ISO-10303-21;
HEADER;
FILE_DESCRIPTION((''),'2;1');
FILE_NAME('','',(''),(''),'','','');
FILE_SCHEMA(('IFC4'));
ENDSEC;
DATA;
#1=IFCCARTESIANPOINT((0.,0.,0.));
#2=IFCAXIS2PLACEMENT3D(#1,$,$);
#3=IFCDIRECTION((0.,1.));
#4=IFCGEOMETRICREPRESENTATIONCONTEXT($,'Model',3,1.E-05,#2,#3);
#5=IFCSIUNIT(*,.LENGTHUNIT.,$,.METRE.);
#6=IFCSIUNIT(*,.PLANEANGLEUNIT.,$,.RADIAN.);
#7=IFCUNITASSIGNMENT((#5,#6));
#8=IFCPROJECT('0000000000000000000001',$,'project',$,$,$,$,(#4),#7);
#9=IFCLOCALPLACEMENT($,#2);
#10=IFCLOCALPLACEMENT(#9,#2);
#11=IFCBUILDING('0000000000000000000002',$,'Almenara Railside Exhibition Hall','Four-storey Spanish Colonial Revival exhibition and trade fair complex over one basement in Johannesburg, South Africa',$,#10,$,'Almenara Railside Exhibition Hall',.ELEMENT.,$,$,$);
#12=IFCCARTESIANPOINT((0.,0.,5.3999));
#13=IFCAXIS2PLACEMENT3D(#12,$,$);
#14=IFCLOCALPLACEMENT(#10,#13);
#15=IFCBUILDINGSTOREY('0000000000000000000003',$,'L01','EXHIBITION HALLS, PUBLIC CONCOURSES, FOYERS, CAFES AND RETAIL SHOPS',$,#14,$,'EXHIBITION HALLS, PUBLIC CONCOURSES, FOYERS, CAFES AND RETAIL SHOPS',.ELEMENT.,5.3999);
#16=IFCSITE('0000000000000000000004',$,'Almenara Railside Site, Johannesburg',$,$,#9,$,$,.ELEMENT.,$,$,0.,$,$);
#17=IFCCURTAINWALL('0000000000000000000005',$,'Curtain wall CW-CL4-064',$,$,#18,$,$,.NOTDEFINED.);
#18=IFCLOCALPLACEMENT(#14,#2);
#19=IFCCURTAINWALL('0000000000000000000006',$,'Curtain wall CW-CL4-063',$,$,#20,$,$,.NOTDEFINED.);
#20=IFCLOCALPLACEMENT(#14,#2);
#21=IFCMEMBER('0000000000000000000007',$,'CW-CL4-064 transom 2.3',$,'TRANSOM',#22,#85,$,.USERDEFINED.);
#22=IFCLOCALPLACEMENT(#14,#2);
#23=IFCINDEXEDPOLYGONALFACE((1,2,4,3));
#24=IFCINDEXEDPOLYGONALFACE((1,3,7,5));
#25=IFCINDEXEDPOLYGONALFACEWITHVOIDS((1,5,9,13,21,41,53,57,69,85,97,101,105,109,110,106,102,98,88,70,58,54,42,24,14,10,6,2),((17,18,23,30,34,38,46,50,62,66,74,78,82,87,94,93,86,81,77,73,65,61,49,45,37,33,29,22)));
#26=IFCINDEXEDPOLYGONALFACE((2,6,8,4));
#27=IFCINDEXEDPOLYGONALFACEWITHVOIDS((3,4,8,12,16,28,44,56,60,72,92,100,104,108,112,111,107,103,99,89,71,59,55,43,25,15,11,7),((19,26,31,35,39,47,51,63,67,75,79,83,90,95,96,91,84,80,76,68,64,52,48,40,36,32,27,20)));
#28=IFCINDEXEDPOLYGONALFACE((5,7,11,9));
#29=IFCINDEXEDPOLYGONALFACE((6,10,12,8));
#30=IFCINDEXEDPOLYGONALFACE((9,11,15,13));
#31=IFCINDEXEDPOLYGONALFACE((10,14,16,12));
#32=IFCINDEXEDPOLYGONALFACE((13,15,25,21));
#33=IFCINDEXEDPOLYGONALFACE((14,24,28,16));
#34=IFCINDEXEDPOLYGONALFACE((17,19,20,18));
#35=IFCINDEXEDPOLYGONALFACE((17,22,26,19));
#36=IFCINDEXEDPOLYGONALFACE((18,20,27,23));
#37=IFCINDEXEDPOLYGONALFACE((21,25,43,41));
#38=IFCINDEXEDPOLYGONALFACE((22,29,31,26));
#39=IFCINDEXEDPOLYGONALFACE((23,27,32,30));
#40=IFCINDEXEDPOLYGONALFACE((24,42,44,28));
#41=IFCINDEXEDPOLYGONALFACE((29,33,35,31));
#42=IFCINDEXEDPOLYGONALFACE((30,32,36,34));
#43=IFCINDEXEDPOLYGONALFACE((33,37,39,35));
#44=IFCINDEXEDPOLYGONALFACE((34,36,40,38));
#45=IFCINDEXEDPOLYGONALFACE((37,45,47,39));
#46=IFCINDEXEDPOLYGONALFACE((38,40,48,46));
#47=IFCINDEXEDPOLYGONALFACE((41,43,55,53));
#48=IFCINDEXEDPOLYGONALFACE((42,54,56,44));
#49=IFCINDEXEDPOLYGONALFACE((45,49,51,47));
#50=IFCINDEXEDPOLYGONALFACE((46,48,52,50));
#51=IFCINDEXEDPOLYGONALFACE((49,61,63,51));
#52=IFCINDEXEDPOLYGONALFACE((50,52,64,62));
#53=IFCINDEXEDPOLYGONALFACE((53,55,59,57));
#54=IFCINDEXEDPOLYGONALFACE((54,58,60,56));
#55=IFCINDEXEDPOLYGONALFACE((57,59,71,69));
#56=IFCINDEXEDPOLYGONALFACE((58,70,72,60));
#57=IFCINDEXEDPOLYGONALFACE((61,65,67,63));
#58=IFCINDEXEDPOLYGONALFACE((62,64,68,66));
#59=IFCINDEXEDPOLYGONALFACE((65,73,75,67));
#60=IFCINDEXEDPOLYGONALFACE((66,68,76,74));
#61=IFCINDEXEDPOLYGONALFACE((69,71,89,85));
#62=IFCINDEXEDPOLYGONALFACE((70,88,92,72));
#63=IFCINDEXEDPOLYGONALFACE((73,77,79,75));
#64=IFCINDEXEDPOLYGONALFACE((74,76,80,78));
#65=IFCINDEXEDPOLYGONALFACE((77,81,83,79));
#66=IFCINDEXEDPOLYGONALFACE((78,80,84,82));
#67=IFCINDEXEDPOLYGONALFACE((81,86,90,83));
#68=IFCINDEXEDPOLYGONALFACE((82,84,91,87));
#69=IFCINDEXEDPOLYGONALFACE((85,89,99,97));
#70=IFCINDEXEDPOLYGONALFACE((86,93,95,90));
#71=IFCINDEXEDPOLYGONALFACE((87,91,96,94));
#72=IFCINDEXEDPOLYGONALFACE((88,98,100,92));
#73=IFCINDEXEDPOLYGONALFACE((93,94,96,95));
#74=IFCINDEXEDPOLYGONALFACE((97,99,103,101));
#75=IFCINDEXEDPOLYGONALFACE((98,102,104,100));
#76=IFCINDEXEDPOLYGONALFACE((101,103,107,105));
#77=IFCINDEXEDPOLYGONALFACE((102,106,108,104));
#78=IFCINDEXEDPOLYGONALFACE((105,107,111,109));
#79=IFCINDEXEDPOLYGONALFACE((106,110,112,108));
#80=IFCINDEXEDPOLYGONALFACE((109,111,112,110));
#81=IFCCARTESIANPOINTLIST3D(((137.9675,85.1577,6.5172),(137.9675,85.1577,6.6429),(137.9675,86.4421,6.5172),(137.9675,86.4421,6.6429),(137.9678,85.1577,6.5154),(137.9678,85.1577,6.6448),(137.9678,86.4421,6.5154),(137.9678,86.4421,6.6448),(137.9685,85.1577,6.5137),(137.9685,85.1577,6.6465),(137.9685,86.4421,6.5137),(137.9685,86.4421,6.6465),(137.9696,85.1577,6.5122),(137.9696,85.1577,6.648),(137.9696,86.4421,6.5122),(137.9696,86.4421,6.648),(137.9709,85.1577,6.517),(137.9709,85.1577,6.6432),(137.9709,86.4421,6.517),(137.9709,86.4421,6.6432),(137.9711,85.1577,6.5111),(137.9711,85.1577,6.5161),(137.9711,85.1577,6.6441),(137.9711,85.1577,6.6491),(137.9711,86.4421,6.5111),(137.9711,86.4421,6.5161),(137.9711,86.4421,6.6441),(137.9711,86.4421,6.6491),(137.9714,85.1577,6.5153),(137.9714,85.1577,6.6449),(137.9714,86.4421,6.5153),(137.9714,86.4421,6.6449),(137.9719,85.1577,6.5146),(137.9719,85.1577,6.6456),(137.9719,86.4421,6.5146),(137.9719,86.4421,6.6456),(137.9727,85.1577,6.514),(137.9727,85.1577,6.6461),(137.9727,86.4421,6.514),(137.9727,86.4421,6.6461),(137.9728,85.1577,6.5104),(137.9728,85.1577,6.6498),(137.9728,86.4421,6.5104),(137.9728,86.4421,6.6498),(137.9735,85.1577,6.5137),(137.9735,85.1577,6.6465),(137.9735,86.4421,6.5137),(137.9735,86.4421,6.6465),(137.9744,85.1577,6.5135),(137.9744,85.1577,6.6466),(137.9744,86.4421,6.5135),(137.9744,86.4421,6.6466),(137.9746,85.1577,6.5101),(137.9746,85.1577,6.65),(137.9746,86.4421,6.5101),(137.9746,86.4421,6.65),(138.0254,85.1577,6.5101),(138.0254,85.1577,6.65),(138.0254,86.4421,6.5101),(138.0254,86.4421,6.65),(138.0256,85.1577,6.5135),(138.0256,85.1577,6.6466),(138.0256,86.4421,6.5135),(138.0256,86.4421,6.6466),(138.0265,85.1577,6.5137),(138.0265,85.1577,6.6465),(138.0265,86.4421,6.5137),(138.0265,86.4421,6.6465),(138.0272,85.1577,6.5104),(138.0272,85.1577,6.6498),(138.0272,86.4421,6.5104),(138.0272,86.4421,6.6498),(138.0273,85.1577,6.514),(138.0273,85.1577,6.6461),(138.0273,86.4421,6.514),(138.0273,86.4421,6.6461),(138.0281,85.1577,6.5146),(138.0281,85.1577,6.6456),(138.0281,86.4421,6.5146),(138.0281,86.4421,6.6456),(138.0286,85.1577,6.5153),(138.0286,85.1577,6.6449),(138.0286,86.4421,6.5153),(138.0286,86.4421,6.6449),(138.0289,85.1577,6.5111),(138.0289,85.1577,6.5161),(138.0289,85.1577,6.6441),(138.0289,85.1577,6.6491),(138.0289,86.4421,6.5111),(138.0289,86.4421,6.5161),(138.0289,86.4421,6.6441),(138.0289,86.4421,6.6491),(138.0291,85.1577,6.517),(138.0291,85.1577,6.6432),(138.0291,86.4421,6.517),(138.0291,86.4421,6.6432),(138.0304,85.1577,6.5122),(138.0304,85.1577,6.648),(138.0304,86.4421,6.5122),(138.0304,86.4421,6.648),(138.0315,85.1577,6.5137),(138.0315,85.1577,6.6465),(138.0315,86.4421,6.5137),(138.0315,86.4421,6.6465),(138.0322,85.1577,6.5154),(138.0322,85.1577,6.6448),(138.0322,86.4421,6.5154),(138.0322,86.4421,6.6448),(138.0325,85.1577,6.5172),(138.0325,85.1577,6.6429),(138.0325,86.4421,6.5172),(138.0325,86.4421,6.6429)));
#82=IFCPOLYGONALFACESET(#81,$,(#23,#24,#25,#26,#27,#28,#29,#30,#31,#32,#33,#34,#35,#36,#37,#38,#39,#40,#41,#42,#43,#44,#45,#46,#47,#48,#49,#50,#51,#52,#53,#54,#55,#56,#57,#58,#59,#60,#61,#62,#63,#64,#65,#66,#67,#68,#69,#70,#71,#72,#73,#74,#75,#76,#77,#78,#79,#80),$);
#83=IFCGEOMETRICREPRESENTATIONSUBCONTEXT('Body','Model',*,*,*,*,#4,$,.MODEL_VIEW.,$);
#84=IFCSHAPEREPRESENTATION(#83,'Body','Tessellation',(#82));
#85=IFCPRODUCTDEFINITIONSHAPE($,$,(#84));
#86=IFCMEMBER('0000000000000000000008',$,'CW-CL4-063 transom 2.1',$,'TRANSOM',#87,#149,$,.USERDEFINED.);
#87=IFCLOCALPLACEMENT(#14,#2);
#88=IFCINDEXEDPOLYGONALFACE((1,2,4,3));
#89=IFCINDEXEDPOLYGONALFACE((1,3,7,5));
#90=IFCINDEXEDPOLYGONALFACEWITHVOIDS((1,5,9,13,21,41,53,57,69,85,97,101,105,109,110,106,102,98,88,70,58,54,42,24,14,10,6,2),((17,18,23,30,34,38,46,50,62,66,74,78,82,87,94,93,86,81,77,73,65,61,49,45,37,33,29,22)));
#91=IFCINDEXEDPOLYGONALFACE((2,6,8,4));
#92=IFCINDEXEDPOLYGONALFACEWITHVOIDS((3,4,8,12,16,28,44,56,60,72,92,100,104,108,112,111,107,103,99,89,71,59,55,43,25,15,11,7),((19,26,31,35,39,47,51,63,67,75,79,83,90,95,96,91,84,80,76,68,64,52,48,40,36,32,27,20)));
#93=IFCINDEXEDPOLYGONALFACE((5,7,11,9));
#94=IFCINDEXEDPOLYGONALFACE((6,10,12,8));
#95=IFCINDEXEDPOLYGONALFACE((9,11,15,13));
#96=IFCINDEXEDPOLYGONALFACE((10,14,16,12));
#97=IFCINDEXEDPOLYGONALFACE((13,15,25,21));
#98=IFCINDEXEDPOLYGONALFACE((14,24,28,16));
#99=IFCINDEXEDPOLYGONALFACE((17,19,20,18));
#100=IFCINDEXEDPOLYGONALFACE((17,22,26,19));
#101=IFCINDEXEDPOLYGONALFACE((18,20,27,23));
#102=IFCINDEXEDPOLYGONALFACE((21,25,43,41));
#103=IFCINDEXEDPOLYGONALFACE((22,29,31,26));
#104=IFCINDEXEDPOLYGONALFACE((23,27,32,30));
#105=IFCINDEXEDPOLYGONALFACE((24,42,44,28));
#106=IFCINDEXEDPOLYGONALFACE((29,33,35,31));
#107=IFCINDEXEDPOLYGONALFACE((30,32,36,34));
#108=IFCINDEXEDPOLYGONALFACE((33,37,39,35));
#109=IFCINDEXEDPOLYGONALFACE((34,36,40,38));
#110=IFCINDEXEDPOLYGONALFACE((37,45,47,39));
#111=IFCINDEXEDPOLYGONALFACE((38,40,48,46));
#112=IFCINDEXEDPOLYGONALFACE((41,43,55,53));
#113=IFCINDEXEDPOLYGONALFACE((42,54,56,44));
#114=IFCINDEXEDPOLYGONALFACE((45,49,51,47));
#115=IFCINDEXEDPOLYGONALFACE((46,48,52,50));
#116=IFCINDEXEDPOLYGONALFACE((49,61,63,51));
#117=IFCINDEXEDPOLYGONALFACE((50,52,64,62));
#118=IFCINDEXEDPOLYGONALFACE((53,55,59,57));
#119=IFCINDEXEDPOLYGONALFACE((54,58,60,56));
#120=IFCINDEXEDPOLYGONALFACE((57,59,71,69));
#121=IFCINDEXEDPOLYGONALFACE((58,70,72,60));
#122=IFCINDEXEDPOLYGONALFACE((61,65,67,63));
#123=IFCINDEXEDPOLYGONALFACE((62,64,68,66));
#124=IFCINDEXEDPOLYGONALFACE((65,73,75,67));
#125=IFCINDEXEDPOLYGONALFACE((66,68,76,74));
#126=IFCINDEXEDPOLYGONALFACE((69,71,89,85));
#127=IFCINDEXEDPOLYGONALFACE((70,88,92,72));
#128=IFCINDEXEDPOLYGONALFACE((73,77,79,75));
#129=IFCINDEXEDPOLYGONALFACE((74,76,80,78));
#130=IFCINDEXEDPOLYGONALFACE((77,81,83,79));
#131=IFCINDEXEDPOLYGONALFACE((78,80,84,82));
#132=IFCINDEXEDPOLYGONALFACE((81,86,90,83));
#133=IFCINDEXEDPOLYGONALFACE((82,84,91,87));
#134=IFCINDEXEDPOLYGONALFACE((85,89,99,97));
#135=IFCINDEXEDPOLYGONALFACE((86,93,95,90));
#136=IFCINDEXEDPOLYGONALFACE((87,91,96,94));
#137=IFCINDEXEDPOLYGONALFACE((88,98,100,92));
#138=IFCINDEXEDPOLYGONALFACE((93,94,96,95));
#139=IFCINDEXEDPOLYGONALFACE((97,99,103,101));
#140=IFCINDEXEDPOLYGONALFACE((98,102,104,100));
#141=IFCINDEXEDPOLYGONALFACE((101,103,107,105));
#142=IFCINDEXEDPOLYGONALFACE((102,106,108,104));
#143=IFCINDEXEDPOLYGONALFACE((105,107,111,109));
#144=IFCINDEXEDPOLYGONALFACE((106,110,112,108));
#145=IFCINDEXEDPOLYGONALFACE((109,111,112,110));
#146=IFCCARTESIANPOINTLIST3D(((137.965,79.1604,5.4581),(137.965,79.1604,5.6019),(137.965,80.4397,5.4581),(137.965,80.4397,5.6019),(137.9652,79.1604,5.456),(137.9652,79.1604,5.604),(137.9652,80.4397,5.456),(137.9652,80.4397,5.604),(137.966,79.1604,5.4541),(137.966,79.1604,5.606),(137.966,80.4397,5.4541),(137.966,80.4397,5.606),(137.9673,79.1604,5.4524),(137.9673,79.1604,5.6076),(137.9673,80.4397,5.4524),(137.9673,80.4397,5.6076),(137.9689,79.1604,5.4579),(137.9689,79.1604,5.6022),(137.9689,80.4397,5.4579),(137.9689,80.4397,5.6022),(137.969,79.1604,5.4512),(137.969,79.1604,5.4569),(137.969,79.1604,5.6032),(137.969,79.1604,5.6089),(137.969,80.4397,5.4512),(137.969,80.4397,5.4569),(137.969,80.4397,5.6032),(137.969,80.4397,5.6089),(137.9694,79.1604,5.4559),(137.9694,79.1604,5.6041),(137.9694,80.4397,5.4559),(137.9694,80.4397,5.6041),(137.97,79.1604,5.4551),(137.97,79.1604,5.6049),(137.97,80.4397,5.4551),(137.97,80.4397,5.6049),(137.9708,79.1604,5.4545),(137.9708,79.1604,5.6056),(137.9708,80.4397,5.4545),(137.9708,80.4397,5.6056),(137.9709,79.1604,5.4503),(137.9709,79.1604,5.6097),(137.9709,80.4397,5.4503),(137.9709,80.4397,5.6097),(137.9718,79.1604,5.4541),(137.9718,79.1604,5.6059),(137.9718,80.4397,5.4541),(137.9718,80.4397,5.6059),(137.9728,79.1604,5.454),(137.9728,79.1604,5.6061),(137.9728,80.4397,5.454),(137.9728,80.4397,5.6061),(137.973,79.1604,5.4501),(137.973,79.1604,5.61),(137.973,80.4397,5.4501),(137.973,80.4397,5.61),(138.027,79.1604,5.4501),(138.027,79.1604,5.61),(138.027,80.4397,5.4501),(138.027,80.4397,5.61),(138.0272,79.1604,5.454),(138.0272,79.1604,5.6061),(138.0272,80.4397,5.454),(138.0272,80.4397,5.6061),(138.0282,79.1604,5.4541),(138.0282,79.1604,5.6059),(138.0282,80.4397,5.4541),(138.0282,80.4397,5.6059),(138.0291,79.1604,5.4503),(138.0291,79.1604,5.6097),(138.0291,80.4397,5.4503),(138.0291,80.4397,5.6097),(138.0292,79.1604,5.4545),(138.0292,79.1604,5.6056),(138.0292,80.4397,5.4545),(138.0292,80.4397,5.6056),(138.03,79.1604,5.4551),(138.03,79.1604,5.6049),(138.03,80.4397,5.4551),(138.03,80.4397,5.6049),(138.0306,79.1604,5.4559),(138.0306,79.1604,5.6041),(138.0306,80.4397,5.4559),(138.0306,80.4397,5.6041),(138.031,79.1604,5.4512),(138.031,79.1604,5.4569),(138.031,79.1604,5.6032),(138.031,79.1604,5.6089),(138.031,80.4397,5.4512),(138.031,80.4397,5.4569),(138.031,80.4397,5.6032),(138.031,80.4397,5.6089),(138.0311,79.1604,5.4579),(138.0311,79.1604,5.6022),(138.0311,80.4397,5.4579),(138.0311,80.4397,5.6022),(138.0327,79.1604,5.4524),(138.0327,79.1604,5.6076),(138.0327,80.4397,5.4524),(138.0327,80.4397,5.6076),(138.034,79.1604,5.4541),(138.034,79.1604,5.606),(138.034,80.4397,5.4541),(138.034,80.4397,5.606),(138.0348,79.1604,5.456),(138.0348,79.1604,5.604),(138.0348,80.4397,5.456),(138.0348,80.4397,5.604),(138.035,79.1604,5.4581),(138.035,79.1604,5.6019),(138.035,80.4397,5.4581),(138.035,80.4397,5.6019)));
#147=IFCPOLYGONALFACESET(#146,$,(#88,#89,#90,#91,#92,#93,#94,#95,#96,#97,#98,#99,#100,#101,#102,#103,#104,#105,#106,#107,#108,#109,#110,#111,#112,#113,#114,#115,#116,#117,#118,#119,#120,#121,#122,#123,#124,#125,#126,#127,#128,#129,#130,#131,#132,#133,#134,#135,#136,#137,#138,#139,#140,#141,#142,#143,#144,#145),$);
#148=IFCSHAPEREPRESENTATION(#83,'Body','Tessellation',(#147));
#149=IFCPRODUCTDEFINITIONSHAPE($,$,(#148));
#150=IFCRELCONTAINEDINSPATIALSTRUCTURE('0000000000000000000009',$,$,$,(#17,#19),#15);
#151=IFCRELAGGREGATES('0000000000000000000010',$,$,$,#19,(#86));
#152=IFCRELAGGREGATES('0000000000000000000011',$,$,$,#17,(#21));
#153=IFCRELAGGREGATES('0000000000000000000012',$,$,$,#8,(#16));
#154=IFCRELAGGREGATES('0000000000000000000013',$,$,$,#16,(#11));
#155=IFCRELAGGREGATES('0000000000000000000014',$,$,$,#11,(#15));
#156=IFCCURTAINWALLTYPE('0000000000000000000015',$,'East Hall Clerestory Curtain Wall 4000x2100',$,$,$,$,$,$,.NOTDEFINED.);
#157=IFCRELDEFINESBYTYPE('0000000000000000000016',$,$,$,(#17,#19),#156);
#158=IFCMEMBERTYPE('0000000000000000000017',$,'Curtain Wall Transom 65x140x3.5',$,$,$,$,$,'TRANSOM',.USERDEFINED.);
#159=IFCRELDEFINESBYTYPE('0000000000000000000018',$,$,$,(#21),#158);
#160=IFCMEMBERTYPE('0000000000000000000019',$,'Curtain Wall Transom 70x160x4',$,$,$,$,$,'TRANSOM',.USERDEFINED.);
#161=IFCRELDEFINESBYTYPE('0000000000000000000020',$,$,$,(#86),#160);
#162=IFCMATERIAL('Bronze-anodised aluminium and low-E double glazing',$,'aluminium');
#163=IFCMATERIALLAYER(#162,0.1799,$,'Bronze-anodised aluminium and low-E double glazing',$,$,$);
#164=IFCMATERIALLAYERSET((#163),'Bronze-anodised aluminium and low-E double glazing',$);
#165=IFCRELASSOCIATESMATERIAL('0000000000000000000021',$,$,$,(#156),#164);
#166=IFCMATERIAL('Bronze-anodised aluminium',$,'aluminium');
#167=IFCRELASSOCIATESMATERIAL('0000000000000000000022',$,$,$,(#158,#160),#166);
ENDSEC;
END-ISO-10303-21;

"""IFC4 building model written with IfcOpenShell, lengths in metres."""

from ifc_helpers import new_model, si_unit, direction, frame, origin, origin_2d, place, context, subcontext, project, spatial, hollow_rectangle, extrude, material, layer, layer_set, material_profile, profile_set, type_object, element, aggregate, save


model = new_model("IFC4")

# Units and contexts
model_context = context("Model", 3, precision=1e-05, world=origin(), true_north=direction((0.0, 1.0)))
body_context = subcontext(model_context, "Body", "Model", "MODEL_VIEW")
ifc_project = project(units=[si_unit("LENGTHUNIT", "METRE"), si_unit("PLANEANGLEUNIT", "RADIAN")], contexts=[model_context])

# Site, building, storey
site_placement = place(None, origin())
site = spatial("IfcSite", under=ifc_project, at=site_placement, Name="Almenara Railside Site, Johannesburg", CompositionType="ELEMENT", RefElevation=0.0)
building_placement = place(site_placement, origin())
building = spatial("IfcBuilding", under=site, at=building_placement, Name="Almenara Railside Exhibition Hall", Description="Four-storey Spanish Colonial Revival exhibition and trade fair complex over one basement in Johannesburg, South Africa", LongName="Almenara Railside Exhibition Hall", CompositionType="ELEMENT")
storey_placement = place(building_placement, frame((0.0, 0.0, 5.3999)))
storey = spatial("IfcBuildingStorey", under=building, at=storey_placement, Name="L01", Description="EXHIBITION HALLS, PUBLIC CONCOURSES, FOYERS, CAFES AND RETAIL SHOPS", LongName="EXHIBITION HALLS, PUBLIC CONCOURSES, FOYERS, CAFES AND RETAIL SHOPS", CompositionType="ELEMENT", Elevation=5.3999)

# Curtain walls
ifc_material_1 = material(Name="Bronze-anodised aluminium and low-E double glazing", Category="aluminium")
ifc_layer_1 = layer(ifc_material_1, 0.1799, Name="Bronze-anodised aluminium and low-E double glazing")
ifc_layer_set_1 = layer_set([ifc_layer_1], Name="Bronze-anodised aluminium and low-E double glazing")
curtain_wall_type = type_object("IfcCurtainWallType", Name="East Hall Clerestory Curtain Wall 4000x2100", PredefinedType="NOTDEFINED", material=ifc_layer_set_1)
curtain_wall_1_placement = place(storey_placement, origin())
curtain_wall_1 = element("IfcCurtainWall", 1, at=curtain_wall_1_placement, inside=storey, type_object=curtain_wall_type, Name="Curtain wall CW-CL4-064", PredefinedType="NOTDEFINED")
ifc_material_2 = material(Name="Bronze-anodised aluminium", Category="aluminium")
curtain_wall_2_placement = place(storey_placement, origin())
curtain_wall_2 = element("IfcCurtainWall", 2, at=curtain_wall_2_placement, inside=storey, type_object=curtain_wall_type, Name="Curtain wall CW-CL4-063", PredefinedType="NOTDEFINED")

# Members
ifc_material_profile_1 = material_profile(ifc_material_2, hollow_rectangle(XDim=0.0649, YDim=0.1399, WallThickness=0.0034, InnerFilletRadius=0.0034, OuterFilletRadius=0.0071, at=origin_2d()), Name="ALU-TRN 65x140x3.5")
ifc_profile_set_1 = profile_set([ifc_material_profile_1], Name="Bronze-anodised aluminium")
member_type_1 = type_object("IfcMemberType", Name="Curtain Wall Transom 65x140x3.5", ElementType="TRANSOM", PredefinedType="USERDEFINED", material=ifc_profile_set_1)
member_1_placement = place(storey_placement, frame((138.0, 85.1577, 6.5801), z_axis=(0.0, 1.0, 0.0), x_axis=(-1.0, 0.0, 0.0)))
member_1 = element("IfcMember", 3, at=member_1_placement, type_object=member_type_1, Name="CW-CL4-064 transom 2.3", ObjectType="TRANSOM", PredefinedType="USERDEFINED", context=body_context, shape_type="SweptSolid", body=[
    extrude(hollow_rectangle(XDim=0.0649, YDim=0.1399, WallThickness=0.0034, InnerFilletRadius=0.0034, OuterFilletRadius=0.0071, at=origin_2d()), origin(), (0.0, 0.0, 1.0), 1.2844),
])
ifc_material_profile_2 = material_profile(ifc_material_2, hollow_rectangle(XDim=0.0701, YDim=0.1599, WallThickness=0.0039, InnerFilletRadius=0.0039, OuterFilletRadius=0.0081, at=origin_2d()), Name="ALU-TRN 70x160x4")
ifc_profile_set_2 = profile_set([ifc_material_profile_2], Name="Bronze-anodised aluminium")
member_type_2 = type_object("IfcMemberType", Name="Curtain Wall Transom 70x160x4", ElementType="TRANSOM", PredefinedType="USERDEFINED", material=ifc_profile_set_2)
member_2_placement = place(storey_placement, frame((138.0, 79.1604, 5.53), z_axis=(0.0, 1.0, 0.0), x_axis=(-1.0, 0.0, 0.0)))
member_2 = element("IfcMember", 4, at=member_2_placement, type_object=member_type_2, Name="CW-CL4-063 transom 2.1", ObjectType="TRANSOM", PredefinedType="USERDEFINED", context=body_context, shape_type="SweptSolid", body=[
    extrude(hollow_rectangle(XDim=0.0701, YDim=0.1599, WallThickness=0.0039, InnerFilletRadius=0.0039, OuterFilletRadius=0.0081, at=origin_2d()), origin(), (0.0, 0.0, 1.0), 1.2793),
])

aggregate(curtain_wall_2, [member_2])
aggregate(curtain_wall_1, [member_1])

save(model, "model.ifc")
